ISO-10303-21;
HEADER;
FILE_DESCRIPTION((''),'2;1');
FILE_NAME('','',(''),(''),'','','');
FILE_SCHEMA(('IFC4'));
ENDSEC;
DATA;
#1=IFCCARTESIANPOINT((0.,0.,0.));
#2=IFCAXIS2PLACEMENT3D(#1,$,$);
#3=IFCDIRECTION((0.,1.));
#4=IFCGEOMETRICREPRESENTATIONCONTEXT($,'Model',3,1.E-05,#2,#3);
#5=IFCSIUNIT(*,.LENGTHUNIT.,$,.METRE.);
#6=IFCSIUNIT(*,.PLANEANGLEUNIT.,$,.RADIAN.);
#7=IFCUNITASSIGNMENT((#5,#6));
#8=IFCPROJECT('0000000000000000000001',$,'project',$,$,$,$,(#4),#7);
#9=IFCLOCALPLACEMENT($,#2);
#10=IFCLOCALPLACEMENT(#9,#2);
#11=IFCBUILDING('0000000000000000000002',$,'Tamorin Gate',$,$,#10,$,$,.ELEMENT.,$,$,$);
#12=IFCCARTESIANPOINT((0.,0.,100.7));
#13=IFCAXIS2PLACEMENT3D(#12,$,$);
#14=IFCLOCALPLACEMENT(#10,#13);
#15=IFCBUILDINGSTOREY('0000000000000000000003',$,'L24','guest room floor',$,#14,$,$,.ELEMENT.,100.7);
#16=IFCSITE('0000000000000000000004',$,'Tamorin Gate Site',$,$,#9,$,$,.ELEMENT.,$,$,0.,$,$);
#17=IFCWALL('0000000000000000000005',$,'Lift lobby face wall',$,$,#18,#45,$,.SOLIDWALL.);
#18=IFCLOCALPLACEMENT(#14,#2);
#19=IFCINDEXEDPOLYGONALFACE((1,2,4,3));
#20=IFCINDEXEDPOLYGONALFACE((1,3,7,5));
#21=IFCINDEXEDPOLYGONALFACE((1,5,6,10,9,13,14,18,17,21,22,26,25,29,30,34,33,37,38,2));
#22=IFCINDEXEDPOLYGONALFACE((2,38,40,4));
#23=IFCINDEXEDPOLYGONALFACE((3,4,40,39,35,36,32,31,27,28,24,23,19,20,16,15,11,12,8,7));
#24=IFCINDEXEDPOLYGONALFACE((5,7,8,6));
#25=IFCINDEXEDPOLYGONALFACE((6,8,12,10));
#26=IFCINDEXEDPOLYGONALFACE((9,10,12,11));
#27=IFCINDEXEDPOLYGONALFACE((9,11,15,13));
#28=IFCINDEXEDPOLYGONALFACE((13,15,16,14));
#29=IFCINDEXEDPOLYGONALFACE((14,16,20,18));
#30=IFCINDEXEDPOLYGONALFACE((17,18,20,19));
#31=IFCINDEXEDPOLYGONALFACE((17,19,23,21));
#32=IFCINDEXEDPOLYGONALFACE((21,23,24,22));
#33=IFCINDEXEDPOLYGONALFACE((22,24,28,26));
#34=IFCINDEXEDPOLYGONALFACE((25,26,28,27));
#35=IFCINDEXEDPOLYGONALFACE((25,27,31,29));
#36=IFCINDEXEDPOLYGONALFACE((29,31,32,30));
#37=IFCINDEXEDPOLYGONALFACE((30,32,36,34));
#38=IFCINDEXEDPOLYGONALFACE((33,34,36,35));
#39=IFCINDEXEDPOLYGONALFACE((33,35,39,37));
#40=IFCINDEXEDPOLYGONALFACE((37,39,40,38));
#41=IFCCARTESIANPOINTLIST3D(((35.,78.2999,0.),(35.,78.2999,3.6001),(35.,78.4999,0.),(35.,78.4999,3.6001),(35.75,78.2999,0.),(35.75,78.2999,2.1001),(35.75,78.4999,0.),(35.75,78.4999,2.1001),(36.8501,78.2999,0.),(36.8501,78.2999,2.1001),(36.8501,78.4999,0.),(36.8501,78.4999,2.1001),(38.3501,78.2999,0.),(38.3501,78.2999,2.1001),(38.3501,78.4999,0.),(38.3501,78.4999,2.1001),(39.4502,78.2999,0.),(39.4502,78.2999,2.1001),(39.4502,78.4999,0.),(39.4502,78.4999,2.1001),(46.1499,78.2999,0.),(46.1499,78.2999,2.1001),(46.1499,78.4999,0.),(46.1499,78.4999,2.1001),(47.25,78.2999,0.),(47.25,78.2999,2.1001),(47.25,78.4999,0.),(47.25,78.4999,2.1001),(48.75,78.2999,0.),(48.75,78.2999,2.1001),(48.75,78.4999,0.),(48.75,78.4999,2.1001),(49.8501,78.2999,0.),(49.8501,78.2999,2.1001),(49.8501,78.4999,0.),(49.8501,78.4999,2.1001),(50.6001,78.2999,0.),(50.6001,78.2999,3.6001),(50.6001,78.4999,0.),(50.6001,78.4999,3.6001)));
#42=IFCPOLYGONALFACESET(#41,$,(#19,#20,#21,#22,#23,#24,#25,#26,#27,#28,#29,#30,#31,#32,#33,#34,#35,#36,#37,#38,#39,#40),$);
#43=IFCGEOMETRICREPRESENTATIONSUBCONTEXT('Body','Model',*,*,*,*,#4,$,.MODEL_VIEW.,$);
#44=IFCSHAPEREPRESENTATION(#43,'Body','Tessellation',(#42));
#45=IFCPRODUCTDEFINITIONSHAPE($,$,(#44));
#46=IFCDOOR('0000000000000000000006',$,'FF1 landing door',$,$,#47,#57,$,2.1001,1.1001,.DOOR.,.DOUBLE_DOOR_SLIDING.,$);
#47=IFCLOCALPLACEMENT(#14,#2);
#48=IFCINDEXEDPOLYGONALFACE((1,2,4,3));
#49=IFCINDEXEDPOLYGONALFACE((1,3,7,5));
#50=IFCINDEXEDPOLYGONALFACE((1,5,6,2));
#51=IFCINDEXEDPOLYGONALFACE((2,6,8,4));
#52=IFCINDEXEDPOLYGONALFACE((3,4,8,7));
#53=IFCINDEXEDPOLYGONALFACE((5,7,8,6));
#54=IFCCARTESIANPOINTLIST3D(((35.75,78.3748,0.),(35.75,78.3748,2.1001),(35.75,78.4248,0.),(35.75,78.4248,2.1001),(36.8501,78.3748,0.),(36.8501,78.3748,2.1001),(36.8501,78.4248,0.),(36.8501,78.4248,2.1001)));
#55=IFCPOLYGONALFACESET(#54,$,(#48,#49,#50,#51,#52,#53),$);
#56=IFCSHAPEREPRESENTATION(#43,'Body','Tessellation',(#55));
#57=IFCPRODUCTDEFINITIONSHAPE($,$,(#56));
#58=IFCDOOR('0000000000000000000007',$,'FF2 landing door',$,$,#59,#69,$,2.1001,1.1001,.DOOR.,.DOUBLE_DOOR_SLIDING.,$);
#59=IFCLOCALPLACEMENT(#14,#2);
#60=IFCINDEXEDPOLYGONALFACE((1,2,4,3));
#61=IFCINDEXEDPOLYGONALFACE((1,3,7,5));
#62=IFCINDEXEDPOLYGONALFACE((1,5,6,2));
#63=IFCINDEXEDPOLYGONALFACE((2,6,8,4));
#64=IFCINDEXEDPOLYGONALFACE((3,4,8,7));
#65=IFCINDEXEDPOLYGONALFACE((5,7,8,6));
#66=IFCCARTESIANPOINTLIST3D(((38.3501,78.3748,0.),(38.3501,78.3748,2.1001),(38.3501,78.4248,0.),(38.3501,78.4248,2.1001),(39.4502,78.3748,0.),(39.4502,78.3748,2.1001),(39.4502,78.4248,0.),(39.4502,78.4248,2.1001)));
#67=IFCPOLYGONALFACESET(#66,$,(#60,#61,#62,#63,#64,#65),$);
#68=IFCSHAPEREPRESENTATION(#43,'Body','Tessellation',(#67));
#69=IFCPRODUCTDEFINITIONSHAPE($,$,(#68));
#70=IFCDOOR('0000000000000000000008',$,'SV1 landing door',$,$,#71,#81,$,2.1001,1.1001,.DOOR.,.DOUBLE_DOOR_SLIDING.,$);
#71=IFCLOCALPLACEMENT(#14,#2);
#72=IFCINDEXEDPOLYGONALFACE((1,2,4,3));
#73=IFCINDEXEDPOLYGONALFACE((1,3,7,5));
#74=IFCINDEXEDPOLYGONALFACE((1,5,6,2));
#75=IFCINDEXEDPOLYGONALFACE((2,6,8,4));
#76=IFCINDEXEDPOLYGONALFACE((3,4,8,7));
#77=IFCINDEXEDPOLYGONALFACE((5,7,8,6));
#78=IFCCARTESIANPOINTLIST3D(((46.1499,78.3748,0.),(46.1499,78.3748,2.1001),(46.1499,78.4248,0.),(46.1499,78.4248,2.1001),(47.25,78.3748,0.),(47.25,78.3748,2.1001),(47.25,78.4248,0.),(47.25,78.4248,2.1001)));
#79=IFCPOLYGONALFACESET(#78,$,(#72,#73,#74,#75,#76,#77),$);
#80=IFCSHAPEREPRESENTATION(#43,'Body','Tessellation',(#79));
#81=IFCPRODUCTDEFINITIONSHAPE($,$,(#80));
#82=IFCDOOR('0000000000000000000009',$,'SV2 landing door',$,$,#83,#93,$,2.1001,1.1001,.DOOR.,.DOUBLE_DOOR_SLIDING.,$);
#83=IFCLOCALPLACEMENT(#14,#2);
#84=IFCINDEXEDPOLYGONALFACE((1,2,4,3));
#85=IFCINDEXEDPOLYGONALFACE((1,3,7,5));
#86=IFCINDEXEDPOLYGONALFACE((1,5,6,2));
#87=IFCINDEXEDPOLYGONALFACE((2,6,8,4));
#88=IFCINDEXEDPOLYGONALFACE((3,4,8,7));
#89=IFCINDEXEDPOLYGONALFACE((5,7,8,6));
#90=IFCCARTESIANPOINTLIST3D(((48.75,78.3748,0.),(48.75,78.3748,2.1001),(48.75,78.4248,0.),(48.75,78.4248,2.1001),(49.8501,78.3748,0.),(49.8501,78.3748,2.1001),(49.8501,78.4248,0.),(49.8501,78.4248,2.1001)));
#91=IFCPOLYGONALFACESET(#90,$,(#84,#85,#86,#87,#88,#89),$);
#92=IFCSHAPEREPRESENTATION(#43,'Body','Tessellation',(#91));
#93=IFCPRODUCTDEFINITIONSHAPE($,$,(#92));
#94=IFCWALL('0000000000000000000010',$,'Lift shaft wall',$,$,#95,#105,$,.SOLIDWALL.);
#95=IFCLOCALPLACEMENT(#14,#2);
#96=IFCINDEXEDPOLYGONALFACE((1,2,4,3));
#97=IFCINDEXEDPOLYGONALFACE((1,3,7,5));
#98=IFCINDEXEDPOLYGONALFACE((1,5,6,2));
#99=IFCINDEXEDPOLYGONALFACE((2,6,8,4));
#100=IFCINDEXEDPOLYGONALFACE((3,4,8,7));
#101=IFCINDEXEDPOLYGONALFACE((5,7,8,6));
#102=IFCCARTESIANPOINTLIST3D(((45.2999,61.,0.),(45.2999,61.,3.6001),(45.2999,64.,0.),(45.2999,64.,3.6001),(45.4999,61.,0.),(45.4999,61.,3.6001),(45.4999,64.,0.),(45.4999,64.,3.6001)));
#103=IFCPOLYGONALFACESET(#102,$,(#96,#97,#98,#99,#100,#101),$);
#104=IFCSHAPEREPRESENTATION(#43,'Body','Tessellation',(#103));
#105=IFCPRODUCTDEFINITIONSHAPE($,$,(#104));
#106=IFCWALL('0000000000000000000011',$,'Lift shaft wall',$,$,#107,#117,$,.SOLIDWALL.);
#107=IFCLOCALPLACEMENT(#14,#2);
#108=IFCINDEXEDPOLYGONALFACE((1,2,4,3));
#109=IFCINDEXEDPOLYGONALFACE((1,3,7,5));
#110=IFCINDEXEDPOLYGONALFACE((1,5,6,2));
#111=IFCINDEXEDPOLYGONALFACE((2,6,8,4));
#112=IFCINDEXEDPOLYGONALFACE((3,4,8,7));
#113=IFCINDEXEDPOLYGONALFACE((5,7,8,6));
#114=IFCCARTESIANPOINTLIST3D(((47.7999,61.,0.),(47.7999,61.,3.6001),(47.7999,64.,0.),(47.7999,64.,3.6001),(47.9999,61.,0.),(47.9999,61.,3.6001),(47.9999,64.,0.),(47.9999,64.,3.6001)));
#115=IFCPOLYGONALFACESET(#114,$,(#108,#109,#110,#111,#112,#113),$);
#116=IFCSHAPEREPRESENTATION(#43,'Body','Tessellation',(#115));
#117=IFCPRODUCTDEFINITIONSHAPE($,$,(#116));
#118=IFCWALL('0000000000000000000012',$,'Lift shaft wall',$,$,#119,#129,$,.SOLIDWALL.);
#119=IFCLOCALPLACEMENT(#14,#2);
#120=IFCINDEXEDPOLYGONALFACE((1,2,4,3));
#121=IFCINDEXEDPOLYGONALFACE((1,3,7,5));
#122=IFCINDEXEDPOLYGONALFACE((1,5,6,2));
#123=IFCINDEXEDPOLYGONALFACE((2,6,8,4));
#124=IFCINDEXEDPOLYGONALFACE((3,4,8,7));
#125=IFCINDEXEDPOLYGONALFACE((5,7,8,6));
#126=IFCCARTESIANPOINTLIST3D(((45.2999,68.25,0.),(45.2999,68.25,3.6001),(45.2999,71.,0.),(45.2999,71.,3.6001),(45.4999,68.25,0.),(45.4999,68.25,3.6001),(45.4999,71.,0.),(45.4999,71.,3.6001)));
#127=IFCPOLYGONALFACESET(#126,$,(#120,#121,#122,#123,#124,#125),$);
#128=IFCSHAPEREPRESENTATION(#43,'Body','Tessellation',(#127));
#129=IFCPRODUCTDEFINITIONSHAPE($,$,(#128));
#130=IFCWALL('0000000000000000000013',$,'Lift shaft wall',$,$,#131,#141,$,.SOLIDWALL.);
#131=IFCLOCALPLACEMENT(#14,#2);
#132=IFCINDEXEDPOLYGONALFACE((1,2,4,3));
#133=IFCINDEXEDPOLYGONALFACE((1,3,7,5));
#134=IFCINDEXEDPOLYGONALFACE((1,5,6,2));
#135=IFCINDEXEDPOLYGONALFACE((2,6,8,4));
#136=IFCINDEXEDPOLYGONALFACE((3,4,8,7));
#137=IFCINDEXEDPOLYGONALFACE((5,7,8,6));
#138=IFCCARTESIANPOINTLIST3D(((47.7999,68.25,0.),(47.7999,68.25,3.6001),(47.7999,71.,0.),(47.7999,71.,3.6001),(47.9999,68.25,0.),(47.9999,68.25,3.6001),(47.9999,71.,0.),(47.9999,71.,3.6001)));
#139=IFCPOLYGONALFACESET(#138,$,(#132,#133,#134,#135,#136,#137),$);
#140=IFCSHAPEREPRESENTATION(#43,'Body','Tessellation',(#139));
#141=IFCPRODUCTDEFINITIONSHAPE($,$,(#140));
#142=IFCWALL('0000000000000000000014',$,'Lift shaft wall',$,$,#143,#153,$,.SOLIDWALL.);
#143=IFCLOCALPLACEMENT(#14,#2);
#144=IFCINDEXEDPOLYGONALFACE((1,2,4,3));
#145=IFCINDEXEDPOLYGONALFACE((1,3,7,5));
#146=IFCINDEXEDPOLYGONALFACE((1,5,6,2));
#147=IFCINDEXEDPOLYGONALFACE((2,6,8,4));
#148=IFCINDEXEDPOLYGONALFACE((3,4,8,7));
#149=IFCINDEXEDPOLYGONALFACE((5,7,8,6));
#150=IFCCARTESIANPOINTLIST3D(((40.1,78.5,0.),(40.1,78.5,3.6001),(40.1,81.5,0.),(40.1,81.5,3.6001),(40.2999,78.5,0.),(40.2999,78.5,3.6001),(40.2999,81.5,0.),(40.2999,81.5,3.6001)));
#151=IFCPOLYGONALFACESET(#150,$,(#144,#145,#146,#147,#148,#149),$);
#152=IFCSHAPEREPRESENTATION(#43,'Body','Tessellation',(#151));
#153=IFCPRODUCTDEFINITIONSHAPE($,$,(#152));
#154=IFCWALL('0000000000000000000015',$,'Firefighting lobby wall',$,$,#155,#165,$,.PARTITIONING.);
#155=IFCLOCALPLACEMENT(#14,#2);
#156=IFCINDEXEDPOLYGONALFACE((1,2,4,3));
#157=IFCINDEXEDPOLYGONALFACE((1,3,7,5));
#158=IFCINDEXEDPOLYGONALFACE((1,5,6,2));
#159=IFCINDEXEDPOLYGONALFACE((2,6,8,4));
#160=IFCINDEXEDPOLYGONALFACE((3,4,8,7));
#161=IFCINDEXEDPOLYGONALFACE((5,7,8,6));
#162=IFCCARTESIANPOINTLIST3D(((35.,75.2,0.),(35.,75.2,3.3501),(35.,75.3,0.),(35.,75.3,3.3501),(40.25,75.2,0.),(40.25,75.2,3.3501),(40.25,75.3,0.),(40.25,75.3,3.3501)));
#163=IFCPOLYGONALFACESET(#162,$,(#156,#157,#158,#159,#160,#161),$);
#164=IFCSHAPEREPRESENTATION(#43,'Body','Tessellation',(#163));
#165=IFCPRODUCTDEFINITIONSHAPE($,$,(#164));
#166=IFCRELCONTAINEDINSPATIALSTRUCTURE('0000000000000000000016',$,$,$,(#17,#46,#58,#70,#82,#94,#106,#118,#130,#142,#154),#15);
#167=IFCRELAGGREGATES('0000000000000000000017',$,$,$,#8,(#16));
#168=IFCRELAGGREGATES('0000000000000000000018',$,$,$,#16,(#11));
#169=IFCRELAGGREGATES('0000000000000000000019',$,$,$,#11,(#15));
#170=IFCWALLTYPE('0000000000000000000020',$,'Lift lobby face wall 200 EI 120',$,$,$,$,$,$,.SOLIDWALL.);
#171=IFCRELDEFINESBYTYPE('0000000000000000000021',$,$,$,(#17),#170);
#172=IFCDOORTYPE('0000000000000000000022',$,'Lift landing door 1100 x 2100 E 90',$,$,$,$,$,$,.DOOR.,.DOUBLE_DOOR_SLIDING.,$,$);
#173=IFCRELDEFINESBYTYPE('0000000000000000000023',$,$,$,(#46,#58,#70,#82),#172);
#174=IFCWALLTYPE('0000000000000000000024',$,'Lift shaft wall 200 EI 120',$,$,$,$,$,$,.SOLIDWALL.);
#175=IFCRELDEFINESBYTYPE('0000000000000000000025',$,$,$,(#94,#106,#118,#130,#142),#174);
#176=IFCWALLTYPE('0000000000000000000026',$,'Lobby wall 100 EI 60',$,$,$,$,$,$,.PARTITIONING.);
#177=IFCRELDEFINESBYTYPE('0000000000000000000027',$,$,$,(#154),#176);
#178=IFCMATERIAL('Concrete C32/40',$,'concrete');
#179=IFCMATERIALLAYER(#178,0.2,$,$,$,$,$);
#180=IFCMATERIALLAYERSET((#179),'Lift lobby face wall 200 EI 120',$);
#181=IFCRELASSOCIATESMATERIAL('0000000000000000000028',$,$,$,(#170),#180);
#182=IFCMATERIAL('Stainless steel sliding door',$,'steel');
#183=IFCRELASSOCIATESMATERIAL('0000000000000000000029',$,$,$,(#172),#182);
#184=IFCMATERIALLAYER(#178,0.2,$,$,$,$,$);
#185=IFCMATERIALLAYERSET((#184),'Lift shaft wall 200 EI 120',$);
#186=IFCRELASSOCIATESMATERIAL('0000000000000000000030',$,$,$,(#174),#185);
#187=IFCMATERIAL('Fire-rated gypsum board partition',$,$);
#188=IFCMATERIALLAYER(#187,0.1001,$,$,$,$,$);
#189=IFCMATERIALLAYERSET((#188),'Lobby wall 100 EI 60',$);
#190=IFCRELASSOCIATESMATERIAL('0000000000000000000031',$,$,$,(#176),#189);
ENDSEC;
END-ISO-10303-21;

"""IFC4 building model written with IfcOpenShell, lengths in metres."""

from ifc_helpers import new_model, si_unit, direction, frame, frame_2d, origin, place, context, subcontext, project, spatial, rectangle, extrude, material, layer, layer_set, type_object, element, fill, save


model = new_model("IFC4")

# Units and contexts
model_context = context("Model", 3, precision=1e-05, world=origin(), true_north=direction((0.0, 1.0)))
body_context = subcontext(model_context, "Body", "Model", "MODEL_VIEW")
ifc_project = project(units=[si_unit("LENGTHUNIT", "METRE"), si_unit("PLANEANGLEUNIT", "RADIAN")], contexts=[model_context])

# Site, building, storey
site_placement = place(None, origin())
site = spatial("IfcSite", under=ifc_project, at=site_placement, Name="Tamorin Gate Site", CompositionType="ELEMENT", RefElevation=0.0)
building_placement = place(site_placement, origin())
building = spatial("IfcBuilding", under=site, at=building_placement, Name="Tamorin Gate", CompositionType="ELEMENT")
storey_placement = place(building_placement, frame((0.0, 0.0, 100.7)))
storey = spatial("IfcBuildingStorey", under=building, at=storey_placement, Name="L24", Description="guest room floor", CompositionType="ELEMENT", Elevation=100.7)

# Wall, openings, doors
ifc_material_1 = material(Name="Concrete C32/40", Category="concrete")
ifc_layer_1 = layer(ifc_material_1, 0.2)
ifc_layer_set_1 = layer_set([ifc_layer_1], Name="Lift lobby face wall 200 EI 120")
wall_type_1 = type_object("IfcWallType", Name="Lift lobby face wall 200 EI 120", PredefinedType="SOLIDWALL", material=ifc_layer_set_1)
wall_1_placement = place(storey_placement, frame((35.0, 78.3999, 0.0), z_axis=(0.0, 0.0, 1.0), x_axis=(1.0, 0.0, 0.0)))
wall_1 = element("IfcWall", 1, at=wall_1_placement, inside=storey, type_object=wall_type_1, Name="Lift lobby face wall", PredefinedType="SOLIDWALL", context=body_context, shape_type="SweptSolid", body=[
    extrude(rectangle(XDim=15.6001, YDim=0.2, at=frame_2d((7.8, 0.0))), origin(), (0.0, 0.0, 1.0), 3.6001),
])
opening_1_placement = place(wall_1_placement, frame((0.75, 0.0, 0.0)))
opening_1 = element("IfcOpeningElement", 2, at=opening_1_placement, cuts=wall_1, PredefinedType="OPENING", context=body_context, shape_type="SweptSolid", body=[
    extrude(rectangle(XDim=1.1001, YDim=2.1001, at=frame_2d((0.55, 1.05))), frame((0.0, 0.1099, 0.0), z_axis=(0.0, -1.0, 0.0), x_axis=(1.0, 0.0, 0.0)), (0.0, 0.0, 1.0), 0.22),
])
opening_2_placement = place(wall_1_placement, frame((3.3501, 0.0, 0.0)))
opening_2 = element("IfcOpeningElement", 3, at=opening_2_placement, cuts=wall_1, PredefinedType="OPENING", context=body_context, shape_type="SweptSolid", body=[
    extrude(rectangle(XDim=1.1001, YDim=2.1001, at=frame_2d((0.55, 1.05))), frame((0.0, 0.1099, 0.0), z_axis=(0.0, -1.0, 0.0), x_axis=(1.0, 0.0, 0.0)), (0.0, 0.0, 1.0), 0.22),
])
opening_3_placement = place(wall_1_placement, frame((11.1499, 0.0, 0.0)))
opening_3 = element("IfcOpeningElement", 4, at=opening_3_placement, cuts=wall_1, PredefinedType="OPENING", context=body_context, shape_type="SweptSolid", body=[
    extrude(rectangle(XDim=1.1001, YDim=2.1001, at=frame_2d((0.55, 1.05))), frame((0.0, 0.1099, 0.0), z_axis=(0.0, -1.0, 0.0), x_axis=(1.0, 0.0, 0.0)), (0.0, 0.0, 1.0), 0.22),
])
opening_4_placement = place(wall_1_placement, frame((13.75, 0.0, 0.0)))
opening_4 = element("IfcOpeningElement", 5, at=opening_4_placement, cuts=wall_1, PredefinedType="OPENING", context=body_context, shape_type="SweptSolid", body=[
    extrude(rectangle(XDim=1.1001, YDim=2.1001, at=frame_2d((0.55, 1.05))), frame((0.0, 0.1099, 0.0), z_axis=(0.0, -1.0, 0.0), x_axis=(1.0, 0.0, 0.0)), (0.0, 0.0, 1.0), 0.22),
])
ifc_material_2 = material(Name="Stainless steel sliding door", Category="steel")
door_type_1 = type_object("IfcDoorType", Name="Lift landing door 1100 x 2100 E 90", OperationType="DOUBLE_DOOR_SLIDING", PredefinedType="DOOR", material=ifc_material_2)
door_1_placement = place(opening_1_placement, origin())
door_1 = element("IfcDoor", 6, at=door_1_placement, inside=storey, type_object=door_type_1, Name="FF1 landing door", OperationType="DOUBLE_DOOR_SLIDING", OverallHeight=2.1001, OverallWidth=1.1001, PredefinedType="DOOR", context=body_context, shape_type="SweptSolid", body=[
    extrude(rectangle(XDim=1.1001, YDim=2.1001, at=frame_2d((0.55, 1.05))), frame((0.0, 0.0249, 0.0), z_axis=(0.0, -1.0, 0.0), x_axis=(1.0, 0.0, 0.0)), (0.0, 0.0, 1.0), 0.05),
])
fill(opening_1, door_1)
door_2_placement = place(opening_2_placement, origin())
door_2 = element("IfcDoor", 7, at=door_2_placement, inside=storey, type_object=door_type_1, Name="FF2 landing door", OperationType="DOUBLE_DOOR_SLIDING", OverallHeight=2.1001, OverallWidth=1.1001, PredefinedType="DOOR", context=body_context, shape_type="SweptSolid", body=[
    extrude(rectangle(XDim=1.1001, YDim=2.1001, at=frame_2d((0.55, 1.05))), frame((0.0, 0.0249, 0.0), z_axis=(0.0, -1.0, 0.0), x_axis=(1.0, 0.0, 0.0)), (0.0, 0.0, 1.0), 0.05),
])
fill(opening_2, door_2)
door_3_placement = place(opening_3_placement, origin())
door_3 = element("IfcDoor", 8, at=door_3_placement, inside=storey, type_object=door_type_1, Name="SV1 landing door", OperationType="DOUBLE_DOOR_SLIDING", OverallHeight=2.1001, OverallWidth=1.1001, PredefinedType="DOOR", context=body_context, shape_type="SweptSolid", body=[
    extrude(rectangle(XDim=1.1001, YDim=2.1001, at=frame_2d((0.55, 1.05))), frame((0.0, 0.0249, 0.0), z_axis=(0.0, -1.0, 0.0), x_axis=(1.0, 0.0, 0.0)), (0.0, 0.0, 1.0), 0.05),
])
fill(opening_3, door_3)
door_4_placement = place(opening_4_placement, origin())
door_4 = element("IfcDoor", 9, at=door_4_placement, inside=storey, type_object=door_type_1, Name="SV2 landing door", OperationType="DOUBLE_DOOR_SLIDING", OverallHeight=2.1001, OverallWidth=1.1001, PredefinedType="DOOR", context=body_context, shape_type="SweptSolid", body=[
    extrude(rectangle(XDim=1.1001, YDim=2.1001, at=frame_2d((0.55, 1.05))), frame((0.0, 0.0249, 0.0), z_axis=(0.0, -1.0, 0.0), x_axis=(1.0, 0.0, 0.0)), (0.0, 0.0, 1.0), 0.05),
])
fill(opening_4, door_4)

# Walls
ifc_layer_2 = layer(ifc_material_1, 0.2)
ifc_layer_set_2 = layer_set([ifc_layer_2], Name="Lift shaft wall 200 EI 120")
wall_type_2 = type_object("IfcWallType", Name="Lift shaft wall 200 EI 120", PredefinedType="SOLIDWALL", material=ifc_layer_set_2)
for number, where, z_axis, x_axis, name in (
    (10, (45.3999, 61.0, 0.0), (0.0, 0.0, 1.0), (0.0, 1.0, 0.0), "Lift shaft wall"),
    (11, (47.8999, 61.0, 0.0), (0.0, 0.0, 1.0), (0.0, 1.0, 0.0), "Lift shaft wall"),
):
    element("IfcWall", number, at=place(storey_placement, frame(where, z_axis=z_axis, x_axis=x_axis)), inside=storey, type_object=wall_type_2, Name=name, PredefinedType="SOLIDWALL", context=body_context, shape_type="SweptSolid", body=[
        extrude(rectangle(XDim=3.0, YDim=0.2, at=frame_2d((1.5, 0.0))), origin(), (0.0, 0.0, 1.0), 3.6001),
    ])
for number, where, z_axis, x_axis, name in (
    (12, (45.3999, 68.25, 0.0), (0.0, 0.0, 1.0), (0.0, 1.0, 0.0), "Lift shaft wall"),
    (13, (47.8999, 68.25, 0.0), (0.0, 0.0, 1.0), (0.0, 1.0, 0.0), "Lift shaft wall"),
):
    element("IfcWall", number, at=place(storey_placement, frame(where, z_axis=z_axis, x_axis=x_axis)), inside=storey, type_object=wall_type_2, Name=name, PredefinedType="SOLIDWALL", context=body_context, shape_type="SweptSolid", body=[
        extrude(rectangle(XDim=2.75, YDim=0.2, at=frame_2d((1.375, 0.0))), origin(), (0.0, 0.0, 1.0), 3.6001),
    ])
wall_2_placement = place(storey_placement, frame((40.2, 78.5, 0.0), z_axis=(0.0, 0.0, 1.0), x_axis=(0.0, 1.0, 0.0)))
element("IfcWall", 14, at=wall_2_placement, inside=storey, type_object=wall_type_2, Name="Lift shaft wall", PredefinedType="SOLIDWALL", context=body_context, shape_type="SweptSolid", body=[
    extrude(rectangle(XDim=3.0, YDim=0.2, at=frame_2d((1.5, 0.0))), origin(), (0.0, 0.0, 1.0), 3.6001),
])
ifc_material_3 = material(Name="Fire-rated gypsum board partition")
ifc_layer_3 = layer(ifc_material_3, 0.1001)
ifc_layer_set_3 = layer_set([ifc_layer_3], Name="Lobby wall 100 EI 60")
wall_type_3 = type_object("IfcWallType", Name="Lobby wall 100 EI 60", PredefinedType="PARTITIONING", material=ifc_layer_set_3)
wall_3_placement = place(storey_placement, frame((35.0, 75.25, 0.0), z_axis=(0.0, 0.0, 1.0), x_axis=(1.0, 0.0, 0.0)))
element("IfcWall", 15, at=wall_3_placement, inside=storey, type_object=wall_type_3, Name="Firefighting lobby wall", PredefinedType="PARTITIONING", context=body_context, shape_type="SweptSolid", body=[
    extrude(rectangle(XDim=5.25, YDim=0.1001, at=frame_2d((2.625, 0.0))), origin(), (0.0, 0.0, 1.0), 3.3501),
])

save(model, "model.ifc")
